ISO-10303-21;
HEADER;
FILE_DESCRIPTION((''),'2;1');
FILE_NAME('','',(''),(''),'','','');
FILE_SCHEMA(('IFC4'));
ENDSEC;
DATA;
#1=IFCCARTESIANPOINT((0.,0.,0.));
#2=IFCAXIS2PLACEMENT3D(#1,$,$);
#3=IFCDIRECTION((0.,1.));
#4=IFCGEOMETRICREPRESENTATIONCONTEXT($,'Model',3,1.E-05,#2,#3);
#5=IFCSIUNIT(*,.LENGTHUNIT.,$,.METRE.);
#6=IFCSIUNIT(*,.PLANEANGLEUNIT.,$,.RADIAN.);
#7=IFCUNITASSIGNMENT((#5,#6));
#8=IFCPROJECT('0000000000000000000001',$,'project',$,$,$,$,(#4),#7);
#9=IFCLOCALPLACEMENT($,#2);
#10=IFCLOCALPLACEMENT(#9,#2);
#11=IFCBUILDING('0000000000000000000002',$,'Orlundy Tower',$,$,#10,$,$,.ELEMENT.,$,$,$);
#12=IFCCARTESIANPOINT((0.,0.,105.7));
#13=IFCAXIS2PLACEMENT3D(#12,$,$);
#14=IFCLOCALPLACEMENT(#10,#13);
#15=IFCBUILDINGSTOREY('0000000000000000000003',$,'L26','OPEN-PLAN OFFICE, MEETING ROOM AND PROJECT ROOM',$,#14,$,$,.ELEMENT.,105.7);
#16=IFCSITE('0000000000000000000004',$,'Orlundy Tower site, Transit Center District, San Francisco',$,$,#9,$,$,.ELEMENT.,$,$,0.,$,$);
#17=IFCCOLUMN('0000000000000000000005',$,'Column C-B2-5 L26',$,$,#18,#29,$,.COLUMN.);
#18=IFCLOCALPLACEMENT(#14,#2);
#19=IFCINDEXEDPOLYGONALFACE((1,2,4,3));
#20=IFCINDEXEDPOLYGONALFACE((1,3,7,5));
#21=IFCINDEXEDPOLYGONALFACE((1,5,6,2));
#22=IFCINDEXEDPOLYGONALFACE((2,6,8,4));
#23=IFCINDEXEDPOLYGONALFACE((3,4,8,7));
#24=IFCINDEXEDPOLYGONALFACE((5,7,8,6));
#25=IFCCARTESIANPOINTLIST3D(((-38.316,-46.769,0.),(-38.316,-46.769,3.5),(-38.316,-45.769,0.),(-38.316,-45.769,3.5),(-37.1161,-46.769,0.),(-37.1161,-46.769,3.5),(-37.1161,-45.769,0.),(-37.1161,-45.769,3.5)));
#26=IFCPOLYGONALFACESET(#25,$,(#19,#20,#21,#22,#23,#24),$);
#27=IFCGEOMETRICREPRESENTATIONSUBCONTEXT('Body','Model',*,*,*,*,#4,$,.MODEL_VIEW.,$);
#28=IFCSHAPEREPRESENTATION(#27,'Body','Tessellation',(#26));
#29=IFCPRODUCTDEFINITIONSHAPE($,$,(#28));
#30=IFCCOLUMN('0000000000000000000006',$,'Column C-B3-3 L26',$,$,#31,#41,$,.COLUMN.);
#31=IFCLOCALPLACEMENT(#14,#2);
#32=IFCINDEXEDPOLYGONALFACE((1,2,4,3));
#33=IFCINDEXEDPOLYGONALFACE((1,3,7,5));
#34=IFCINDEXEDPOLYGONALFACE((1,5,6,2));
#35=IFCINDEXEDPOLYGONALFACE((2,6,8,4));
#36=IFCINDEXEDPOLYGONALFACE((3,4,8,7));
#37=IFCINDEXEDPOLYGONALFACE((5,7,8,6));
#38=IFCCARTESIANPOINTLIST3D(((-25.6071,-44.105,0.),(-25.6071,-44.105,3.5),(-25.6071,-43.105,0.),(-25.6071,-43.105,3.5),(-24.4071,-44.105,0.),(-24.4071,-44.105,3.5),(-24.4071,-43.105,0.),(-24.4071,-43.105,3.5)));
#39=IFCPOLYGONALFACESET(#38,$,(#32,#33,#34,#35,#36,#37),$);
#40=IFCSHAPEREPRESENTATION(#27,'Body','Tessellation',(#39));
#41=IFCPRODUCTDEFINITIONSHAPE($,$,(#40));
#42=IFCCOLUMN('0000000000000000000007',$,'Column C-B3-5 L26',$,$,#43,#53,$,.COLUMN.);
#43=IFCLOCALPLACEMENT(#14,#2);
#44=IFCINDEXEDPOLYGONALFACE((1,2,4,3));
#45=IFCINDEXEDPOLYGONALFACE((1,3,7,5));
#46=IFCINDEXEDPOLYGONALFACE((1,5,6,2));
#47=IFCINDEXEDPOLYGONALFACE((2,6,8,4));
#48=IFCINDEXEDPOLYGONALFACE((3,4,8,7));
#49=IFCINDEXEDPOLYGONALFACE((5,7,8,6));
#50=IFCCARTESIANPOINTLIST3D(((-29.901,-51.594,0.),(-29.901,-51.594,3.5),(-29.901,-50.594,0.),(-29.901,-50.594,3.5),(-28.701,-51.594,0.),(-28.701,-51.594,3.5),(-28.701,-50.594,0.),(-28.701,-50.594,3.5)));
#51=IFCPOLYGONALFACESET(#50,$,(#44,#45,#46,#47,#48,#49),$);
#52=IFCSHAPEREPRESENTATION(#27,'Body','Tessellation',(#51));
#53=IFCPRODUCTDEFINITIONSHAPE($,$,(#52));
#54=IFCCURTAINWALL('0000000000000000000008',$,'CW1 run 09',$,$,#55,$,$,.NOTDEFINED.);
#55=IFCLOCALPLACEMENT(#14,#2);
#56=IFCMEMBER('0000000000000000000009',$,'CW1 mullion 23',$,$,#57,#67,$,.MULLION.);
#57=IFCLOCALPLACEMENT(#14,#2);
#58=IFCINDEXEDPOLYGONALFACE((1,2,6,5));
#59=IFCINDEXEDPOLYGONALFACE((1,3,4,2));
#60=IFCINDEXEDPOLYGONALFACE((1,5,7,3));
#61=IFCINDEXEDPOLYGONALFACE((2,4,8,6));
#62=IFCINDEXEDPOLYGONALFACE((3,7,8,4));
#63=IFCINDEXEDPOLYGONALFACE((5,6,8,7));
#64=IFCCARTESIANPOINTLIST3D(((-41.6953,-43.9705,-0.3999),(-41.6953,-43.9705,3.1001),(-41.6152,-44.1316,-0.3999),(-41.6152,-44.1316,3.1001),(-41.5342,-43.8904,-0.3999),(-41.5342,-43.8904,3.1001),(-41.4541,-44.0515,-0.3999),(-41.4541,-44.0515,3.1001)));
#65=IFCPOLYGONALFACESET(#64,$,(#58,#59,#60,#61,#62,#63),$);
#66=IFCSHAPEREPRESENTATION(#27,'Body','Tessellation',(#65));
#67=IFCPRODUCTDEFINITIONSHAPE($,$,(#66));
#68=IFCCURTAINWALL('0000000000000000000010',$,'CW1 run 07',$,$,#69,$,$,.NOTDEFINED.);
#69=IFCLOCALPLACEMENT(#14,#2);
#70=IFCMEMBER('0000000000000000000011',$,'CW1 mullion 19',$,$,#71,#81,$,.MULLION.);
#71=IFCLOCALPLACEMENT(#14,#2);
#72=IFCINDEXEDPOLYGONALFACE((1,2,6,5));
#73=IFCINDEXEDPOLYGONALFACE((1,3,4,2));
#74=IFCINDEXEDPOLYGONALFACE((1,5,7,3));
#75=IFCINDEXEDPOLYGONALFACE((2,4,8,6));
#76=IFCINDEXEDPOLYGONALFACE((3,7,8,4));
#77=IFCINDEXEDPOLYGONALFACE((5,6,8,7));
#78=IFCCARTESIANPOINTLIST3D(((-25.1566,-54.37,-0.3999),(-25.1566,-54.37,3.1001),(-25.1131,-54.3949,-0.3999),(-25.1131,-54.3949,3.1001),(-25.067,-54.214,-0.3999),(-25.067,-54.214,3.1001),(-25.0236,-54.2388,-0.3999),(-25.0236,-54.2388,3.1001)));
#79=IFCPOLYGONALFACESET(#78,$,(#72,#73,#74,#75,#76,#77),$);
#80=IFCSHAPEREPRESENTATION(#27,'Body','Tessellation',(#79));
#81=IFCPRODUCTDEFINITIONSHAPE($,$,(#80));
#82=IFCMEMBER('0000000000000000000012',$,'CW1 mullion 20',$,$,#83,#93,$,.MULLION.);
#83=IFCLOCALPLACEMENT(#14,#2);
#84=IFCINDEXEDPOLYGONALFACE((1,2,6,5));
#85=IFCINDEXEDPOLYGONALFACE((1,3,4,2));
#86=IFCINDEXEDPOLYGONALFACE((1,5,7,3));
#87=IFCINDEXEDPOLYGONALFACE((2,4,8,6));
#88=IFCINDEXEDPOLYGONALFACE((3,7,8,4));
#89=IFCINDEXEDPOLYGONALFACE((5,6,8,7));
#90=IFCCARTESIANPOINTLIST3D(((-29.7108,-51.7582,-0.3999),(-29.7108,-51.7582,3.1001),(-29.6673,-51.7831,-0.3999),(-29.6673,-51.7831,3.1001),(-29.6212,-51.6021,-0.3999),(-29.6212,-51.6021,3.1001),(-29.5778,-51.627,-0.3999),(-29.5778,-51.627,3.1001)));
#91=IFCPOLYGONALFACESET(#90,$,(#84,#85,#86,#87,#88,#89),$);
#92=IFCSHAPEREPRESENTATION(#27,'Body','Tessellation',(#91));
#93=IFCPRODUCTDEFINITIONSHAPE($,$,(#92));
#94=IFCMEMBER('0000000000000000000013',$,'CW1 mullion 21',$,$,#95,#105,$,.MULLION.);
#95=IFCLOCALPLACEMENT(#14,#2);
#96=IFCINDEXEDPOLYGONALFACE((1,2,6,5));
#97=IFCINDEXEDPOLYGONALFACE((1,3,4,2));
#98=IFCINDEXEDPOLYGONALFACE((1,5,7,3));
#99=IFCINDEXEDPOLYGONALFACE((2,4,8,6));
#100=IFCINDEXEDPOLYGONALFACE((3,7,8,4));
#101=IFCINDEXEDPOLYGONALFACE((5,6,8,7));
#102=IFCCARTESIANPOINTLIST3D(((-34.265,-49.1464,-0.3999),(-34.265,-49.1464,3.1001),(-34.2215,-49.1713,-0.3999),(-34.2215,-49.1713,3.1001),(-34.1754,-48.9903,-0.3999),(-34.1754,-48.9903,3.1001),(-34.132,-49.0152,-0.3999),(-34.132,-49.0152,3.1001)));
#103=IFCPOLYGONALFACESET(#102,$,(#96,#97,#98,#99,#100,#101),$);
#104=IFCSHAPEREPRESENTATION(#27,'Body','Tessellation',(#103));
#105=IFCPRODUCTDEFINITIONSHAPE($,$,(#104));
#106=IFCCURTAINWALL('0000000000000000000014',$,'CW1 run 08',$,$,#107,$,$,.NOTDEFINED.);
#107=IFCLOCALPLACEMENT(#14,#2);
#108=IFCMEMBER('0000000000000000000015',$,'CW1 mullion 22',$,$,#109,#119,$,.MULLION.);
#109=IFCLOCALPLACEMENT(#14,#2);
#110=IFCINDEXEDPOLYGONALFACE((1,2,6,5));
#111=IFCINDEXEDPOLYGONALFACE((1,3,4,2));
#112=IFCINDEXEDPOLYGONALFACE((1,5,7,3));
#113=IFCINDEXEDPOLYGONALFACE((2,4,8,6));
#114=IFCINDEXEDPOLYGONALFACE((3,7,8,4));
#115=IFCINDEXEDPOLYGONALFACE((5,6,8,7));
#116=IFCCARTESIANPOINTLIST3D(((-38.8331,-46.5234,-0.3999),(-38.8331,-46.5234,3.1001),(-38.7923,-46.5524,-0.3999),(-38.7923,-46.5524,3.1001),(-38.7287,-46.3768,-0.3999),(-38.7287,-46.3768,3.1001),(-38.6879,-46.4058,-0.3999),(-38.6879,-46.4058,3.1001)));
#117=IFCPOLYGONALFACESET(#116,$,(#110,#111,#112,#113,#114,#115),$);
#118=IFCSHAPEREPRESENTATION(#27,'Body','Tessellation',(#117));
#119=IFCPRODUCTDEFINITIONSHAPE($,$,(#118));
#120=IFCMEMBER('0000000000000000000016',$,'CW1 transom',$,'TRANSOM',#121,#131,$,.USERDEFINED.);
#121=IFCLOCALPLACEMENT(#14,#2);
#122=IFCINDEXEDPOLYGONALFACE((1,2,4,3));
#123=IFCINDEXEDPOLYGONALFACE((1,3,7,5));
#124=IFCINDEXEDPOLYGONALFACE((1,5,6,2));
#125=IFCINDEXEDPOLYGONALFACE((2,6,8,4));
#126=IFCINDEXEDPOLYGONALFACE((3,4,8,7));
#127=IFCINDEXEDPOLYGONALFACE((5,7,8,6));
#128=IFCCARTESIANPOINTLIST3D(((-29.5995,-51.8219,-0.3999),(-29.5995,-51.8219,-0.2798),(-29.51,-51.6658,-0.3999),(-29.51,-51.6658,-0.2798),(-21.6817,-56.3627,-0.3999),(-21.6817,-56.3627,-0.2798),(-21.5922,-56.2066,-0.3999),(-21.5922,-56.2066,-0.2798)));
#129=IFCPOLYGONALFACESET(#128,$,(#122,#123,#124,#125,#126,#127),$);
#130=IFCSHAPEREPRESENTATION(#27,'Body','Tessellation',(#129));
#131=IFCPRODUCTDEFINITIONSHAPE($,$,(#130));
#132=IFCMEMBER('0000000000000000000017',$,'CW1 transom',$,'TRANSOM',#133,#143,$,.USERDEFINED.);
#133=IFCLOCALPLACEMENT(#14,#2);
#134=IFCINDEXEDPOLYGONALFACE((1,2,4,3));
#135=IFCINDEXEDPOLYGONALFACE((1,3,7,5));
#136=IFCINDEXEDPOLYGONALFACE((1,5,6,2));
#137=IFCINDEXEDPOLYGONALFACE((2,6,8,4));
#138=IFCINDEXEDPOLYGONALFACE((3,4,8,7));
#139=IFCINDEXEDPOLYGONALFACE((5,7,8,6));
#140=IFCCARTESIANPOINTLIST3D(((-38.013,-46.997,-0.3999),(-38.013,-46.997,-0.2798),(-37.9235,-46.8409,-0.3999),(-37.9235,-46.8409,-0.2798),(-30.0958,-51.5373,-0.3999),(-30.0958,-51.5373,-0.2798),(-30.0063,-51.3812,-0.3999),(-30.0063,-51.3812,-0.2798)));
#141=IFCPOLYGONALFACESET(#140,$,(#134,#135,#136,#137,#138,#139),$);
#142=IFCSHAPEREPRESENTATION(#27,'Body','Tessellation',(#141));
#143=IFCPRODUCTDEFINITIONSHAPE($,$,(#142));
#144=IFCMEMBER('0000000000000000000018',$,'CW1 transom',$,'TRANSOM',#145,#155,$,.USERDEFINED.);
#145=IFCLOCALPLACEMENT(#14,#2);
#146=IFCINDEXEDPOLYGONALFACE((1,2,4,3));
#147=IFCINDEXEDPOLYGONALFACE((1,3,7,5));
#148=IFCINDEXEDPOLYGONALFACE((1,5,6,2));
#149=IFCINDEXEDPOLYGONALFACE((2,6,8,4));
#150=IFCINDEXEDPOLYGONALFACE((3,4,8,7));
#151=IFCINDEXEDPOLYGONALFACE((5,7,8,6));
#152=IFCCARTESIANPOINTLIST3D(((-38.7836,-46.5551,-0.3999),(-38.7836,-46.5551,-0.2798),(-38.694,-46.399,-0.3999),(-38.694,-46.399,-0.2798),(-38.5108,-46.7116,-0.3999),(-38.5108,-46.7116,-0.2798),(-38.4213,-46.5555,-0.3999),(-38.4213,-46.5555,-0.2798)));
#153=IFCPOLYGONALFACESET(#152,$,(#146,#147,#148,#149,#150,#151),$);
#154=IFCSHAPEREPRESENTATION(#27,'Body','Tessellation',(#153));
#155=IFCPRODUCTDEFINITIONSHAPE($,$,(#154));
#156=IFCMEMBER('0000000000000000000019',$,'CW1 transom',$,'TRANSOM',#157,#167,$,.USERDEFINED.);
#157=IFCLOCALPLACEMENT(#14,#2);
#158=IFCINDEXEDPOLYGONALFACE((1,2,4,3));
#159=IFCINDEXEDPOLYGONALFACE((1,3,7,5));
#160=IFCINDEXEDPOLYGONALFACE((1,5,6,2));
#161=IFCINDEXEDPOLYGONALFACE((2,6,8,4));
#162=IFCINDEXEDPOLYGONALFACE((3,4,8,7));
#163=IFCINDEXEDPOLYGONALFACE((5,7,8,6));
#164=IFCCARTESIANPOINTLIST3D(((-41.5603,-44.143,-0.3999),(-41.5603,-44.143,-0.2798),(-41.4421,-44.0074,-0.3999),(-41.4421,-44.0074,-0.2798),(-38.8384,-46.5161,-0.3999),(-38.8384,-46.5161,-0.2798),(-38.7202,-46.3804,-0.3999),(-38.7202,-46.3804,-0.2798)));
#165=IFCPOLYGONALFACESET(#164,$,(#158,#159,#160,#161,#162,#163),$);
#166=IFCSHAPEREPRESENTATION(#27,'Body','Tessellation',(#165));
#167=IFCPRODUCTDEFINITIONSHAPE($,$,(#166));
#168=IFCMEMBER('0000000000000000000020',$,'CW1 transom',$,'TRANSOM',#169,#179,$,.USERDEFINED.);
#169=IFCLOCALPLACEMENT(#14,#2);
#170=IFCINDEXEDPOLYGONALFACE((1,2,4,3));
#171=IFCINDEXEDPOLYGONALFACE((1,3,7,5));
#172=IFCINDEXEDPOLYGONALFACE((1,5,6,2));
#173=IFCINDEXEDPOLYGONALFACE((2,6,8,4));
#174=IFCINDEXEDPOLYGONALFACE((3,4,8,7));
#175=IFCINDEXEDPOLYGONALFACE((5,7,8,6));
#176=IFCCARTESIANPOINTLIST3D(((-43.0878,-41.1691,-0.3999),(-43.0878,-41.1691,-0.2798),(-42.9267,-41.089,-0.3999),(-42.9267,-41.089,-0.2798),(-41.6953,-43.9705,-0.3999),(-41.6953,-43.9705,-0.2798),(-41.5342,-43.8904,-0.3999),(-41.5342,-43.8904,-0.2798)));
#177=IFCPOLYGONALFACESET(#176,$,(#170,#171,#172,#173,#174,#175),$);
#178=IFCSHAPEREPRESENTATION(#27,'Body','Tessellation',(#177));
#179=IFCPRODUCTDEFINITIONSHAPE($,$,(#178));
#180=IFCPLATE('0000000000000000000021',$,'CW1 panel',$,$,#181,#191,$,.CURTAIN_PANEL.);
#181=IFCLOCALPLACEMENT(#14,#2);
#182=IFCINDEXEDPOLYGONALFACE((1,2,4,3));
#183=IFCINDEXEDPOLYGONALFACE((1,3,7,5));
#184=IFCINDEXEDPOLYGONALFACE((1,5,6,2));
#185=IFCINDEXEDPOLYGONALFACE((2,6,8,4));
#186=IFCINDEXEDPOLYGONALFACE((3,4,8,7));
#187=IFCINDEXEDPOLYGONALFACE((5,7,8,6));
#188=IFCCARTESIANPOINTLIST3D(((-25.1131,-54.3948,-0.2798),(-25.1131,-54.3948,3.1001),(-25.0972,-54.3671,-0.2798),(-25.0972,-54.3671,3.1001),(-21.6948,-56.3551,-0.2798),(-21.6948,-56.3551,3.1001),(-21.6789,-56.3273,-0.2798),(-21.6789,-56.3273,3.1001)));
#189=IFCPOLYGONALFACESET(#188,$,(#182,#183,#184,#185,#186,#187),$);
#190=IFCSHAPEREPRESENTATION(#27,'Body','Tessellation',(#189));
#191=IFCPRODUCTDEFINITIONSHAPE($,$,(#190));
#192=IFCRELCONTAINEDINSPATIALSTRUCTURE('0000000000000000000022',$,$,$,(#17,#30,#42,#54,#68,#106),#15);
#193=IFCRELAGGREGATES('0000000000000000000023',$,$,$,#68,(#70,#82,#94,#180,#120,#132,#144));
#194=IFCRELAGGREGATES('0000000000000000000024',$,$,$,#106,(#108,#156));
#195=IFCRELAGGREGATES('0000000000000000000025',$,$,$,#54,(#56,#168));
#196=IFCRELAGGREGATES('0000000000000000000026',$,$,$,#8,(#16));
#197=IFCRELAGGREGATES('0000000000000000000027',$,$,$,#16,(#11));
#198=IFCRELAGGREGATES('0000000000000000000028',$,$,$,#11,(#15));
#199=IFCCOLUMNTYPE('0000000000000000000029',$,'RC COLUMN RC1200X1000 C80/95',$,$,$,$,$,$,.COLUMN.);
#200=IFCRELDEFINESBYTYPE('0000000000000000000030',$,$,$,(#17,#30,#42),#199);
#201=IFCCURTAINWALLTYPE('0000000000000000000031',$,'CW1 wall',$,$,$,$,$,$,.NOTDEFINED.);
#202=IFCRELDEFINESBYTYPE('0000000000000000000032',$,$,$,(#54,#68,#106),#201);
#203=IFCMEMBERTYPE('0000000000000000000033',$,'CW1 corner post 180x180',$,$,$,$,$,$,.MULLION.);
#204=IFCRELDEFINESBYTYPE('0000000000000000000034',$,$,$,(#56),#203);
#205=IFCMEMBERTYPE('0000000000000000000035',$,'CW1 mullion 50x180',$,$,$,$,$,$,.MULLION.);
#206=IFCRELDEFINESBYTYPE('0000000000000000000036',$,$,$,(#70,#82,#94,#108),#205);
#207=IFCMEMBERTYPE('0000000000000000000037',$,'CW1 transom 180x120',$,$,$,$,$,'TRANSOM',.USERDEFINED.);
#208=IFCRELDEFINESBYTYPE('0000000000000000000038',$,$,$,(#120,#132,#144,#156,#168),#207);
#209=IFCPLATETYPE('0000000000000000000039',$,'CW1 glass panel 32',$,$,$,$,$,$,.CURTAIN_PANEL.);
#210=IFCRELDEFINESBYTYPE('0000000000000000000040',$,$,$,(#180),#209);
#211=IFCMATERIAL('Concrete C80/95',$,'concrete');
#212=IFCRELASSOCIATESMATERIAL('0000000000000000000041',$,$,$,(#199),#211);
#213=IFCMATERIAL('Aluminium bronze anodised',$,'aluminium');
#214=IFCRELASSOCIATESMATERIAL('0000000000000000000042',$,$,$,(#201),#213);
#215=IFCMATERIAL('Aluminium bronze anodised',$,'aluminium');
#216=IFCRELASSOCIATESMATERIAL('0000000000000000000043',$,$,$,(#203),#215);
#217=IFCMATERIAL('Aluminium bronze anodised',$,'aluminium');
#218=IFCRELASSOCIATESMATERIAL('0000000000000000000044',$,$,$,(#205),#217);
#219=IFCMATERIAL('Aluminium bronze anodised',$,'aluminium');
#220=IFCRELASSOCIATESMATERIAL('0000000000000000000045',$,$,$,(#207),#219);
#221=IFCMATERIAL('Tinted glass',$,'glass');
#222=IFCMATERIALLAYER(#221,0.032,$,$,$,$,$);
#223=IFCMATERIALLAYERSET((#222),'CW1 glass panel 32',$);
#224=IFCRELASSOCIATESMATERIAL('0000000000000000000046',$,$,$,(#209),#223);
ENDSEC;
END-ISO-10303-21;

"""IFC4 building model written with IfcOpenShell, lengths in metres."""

from ifc_helpers import new_model, si_unit, direction, frame, origin, origin_2d, place, context, subcontext, project, spatial, rectangle, extrude, material, layer, layer_set, material_profile, profile_set, type_object, element, aggregate, save


model = new_model("IFC4")

# Units and contexts
model_context = context("Model", 3, precision=1e-05, world=origin(), true_north=direction((0.0, 1.0)))
body_context = subcontext(model_context, "Body", "Model", "MODEL_VIEW")
ifc_project = project(units=[si_unit("LENGTHUNIT", "METRE"), si_unit("PLANEANGLEUNIT", "RADIAN")], contexts=[model_context])

# Site, building, storey
site_placement = place(None, origin())
site = spatial("IfcSite", under=ifc_project, at=site_placement, Name="Orlundy Tower site, Transit Center District, San Francisco", CompositionType="ELEMENT", RefElevation=0.0)
building_placement = place(site_placement, origin())
building = spatial("IfcBuilding", under=site, at=building_placement, Name="Orlundy Tower", CompositionType="ELEMENT")
storey_placement = place(building_placement, frame((0.0, 0.0, 105.7)))
storey = spatial("IfcBuildingStorey", under=building, at=storey_placement, Name="L26", Description="OPEN-PLAN OFFICE, MEETING ROOM AND PROJECT ROOM", CompositionType="ELEMENT", Elevation=105.7)

# Columns
ifc_material_1 = material(Name="Concrete C80/95", Category="concrete")
ifc_material_profile_1 = material_profile(ifc_material_1, rectangle(XDim=1.2, YDim=1.0, at=origin_2d()), Name="RC1200X1000")
ifc_profile_set_1 = profile_set([ifc_material_profile_1], Name="Concrete C80/95")
column_type = type_object("IfcColumnType", Name="RC COLUMN RC1200X1000 C80/95", PredefinedType="COLUMN", material=ifc_profile_set_1)
for number, where, z_axis, x_axis, name in (
    (1, (-37.7161, -46.269, 0.0), (0.0, 0.0, 1.0), (1.0, 0.0, 0.0), "Column C-B2-5 L26"),
    (2, (-25.0071, -43.605, 0.0), (0.0, 0.0, 1.0), (1.0, 0.0, 0.0), "Column C-B3-3 L26"),
    (3, (-29.301, -51.094, 0.0), (0.0, 0.0, 1.0), (1.0, 0.0, 0.0), "Column C-B3-5 L26"),
):
    element("IfcColumn", number, at=place(storey_placement, frame(where, z_axis=z_axis, x_axis=x_axis)), inside=storey, type_object=column_type, Name=name, PredefinedType="COLUMN", context=body_context, shape_type="SweptSolid", body=[
        extrude(rectangle(XDim=1.2, YDim=1.0, at=origin_2d()), origin(), (0.0, 0.0, 1.0), 3.5),
    ])

# Curtain wall, member
ifc_material_2 = material(Name="Aluminium bronze anodised", Category="aluminium")
curtain_wall_type = type_object("IfcCurtainWallType", Name="CW1 wall", PredefinedType="NOTDEFINED", material=ifc_material_2)
curtain_wall_1_placement = place(storey_placement, origin())
curtain_wall_1 = element("IfcCurtainWall", 4, at=curtain_wall_1_placement, inside=storey, type_object=curtain_wall_type, Name="CW1 run 09", PredefinedType="NOTDEFINED")
ifc_material_3 = material(Name="Aluminium bronze anodised", Category="aluminium")
ifc_material_profile_2 = material_profile(ifc_material_3, rectangle(XDim=0.1799, YDim=0.1799, at=origin_2d()), Name="CW1 corner post 180x180")
ifc_profile_set_2 = profile_set([ifc_material_profile_2], Name="Aluminium bronze anodised")
member_type_1 = type_object("IfcMemberType", Name="CW1 corner post 180x180", PredefinedType="MULLION", material=ifc_profile_set_2)
member_1_placement = place(storey_placement, frame((-41.5747, -44.011, -0.3999), z_axis=(0.0, 0.0, 1.0), x_axis=(-0.89545, -0.445162, 0.0)))
member_1 = element("IfcMember", 5, at=member_1_placement, type_object=member_type_1, Name="CW1 mullion 23", PredefinedType="MULLION", context=body_context, shape_type="SweptSolid", body=[
    extrude(rectangle(XDim=0.1799, YDim=0.1799, at=origin_2d()), origin(), (0.0, 0.0, 1.0), 3.5),
])

# Curtain wall, members
curtain_wall_2_placement = place(storey_placement, origin())
curtain_wall_2 = element("IfcCurtainWall", 6, at=curtain_wall_2_placement, inside=storey, type_object=curtain_wall_type, Name="CW1 run 07", PredefinedType="NOTDEFINED")
ifc_material_4 = material(Name="Aluminium bronze anodised", Category="aluminium")
ifc_material_profile_3 = material_profile(ifc_material_4, rectangle(XDim=0.1799, YDim=0.05, at=origin_2d()), Name="CW1 mullion 50x180")
ifc_profile_set_3 = profile_set([ifc_material_profile_3], Name="Aluminium bronze anodised")
member_type_2 = type_object("IfcMemberType", Name="CW1 mullion 50x180", PredefinedType="MULLION", material=ifc_profile_set_3)
member_2_placement = place(storey_placement, frame((-25.0901, -54.3044, -0.3999), z_axis=(0.0, 0.0, 1.0), x_axis=(-0.497477, -0.867477, 0.0)))
member_2 = element("IfcMember", 7, at=member_2_placement, type_object=member_type_2, Name="CW1 mullion 19", PredefinedType="MULLION", context=body_context, shape_type="SweptSolid", body=[
    extrude(rectangle(XDim=0.1799, YDim=0.05, at=origin_2d()), origin(), (0.0, 0.0, 1.0), 3.5),
])
member_3_placement = place(storey_placement, frame((-29.6443, -51.6926, -0.3999), z_axis=(0.0, 0.0, 1.0), x_axis=(-0.497477, -0.867477, 0.0)))
member_3 = element("IfcMember", 8, at=member_3_placement, type_object=member_type_2, Name="CW1 mullion 20", PredefinedType="MULLION", context=body_context, shape_type="SweptSolid", body=[
    extrude(rectangle(XDim=0.1799, YDim=0.05, at=origin_2d()), origin(), (0.0, 0.0, 1.0), 3.5),
])
member_4_placement = place(storey_placement, frame((-34.1985, -49.0808, -0.3999), z_axis=(0.0, 0.0, 1.0), x_axis=(-0.497477, -0.867477, 0.0)))
member_4 = element("IfcMember", 9, at=member_4_placement, type_object=member_type_2, Name="CW1 mullion 21", PredefinedType="MULLION", context=body_context, shape_type="SweptSolid", body=[
    extrude(rectangle(XDim=0.1799, YDim=0.05, at=origin_2d()), origin(), (0.0, 0.0, 1.0), 3.5),
])

# Curtain wall, member
curtain_wall_3_placement = place(storey_placement, origin())
curtain_wall_3 = element("IfcCurtainWall", 10, at=curtain_wall_3_placement, inside=storey, type_object=curtain_wall_type, Name="CW1 run 08", PredefinedType="NOTDEFINED")
member_5_placement = place(storey_placement, frame((-38.7605, -46.4646, -0.3999), z_axis=(0.0, 0.0, 1.0), x_axis=(-0.580116, -0.814534, 0.0)))
member_5 = element("IfcMember", 11, at=member_5_placement, type_object=member_type_2, Name="CW1 mullion 22", PredefinedType="MULLION", context=body_context, shape_type="SweptSolid", body=[
    extrude(rectangle(XDim=0.1799, YDim=0.05, at=origin_2d()), origin(), (0.0, 0.0, 1.0), 3.5),
])

# Members
ifc_material_5 = material(Name="Aluminium bronze anodised", Category="aluminium")
ifc_material_profile_4 = material_profile(ifc_material_5, rectangle(XDim=0.1799, YDim=0.1201, at=origin_2d()), Name="CW1 transom 180x120")
ifc_profile_set_4 = profile_set([ifc_material_profile_4], Name="Aluminium bronze anodised")
member_type_3 = type_object("IfcMemberType", Name="CW1 transom 180x120", ElementType="TRANSOM", PredefinedType="USERDEFINED", material=ifc_profile_set_4)
member_6_placement = place(storey_placement, frame((-21.637, -56.2847, -0.3398), z_axis=(-0.86747, 0.497489, 0.0), x_axis=(-0.497489, -0.86747, 0.0)))
member_6 = element("IfcMember", 12, at=member_6_placement, type_object=member_type_3, Name="CW1 transom", ObjectType="TRANSOM", PredefinedType="USERDEFINED", context=body_context, shape_type="SweptSolid", body=[
    extrude(rectangle(XDim=0.1799, YDim=0.1201, at=origin_2d()), origin(), (0.0, 0.0, 1.0), 9.1274),
])
member_7_placement = place(storey_placement, frame((-30.051, -51.4592, -0.3398), z_axis=(-0.86748, 0.497472, 0.0), x_axis=(-0.497472, -0.86748, 0.0)))
member_7 = element("IfcMember", 13, at=member_7_placement, type_object=member_type_3, Name="CW1 transom", ObjectType="TRANSOM", PredefinedType="USERDEFINED", context=body_context, shape_type="SweptSolid", body=[
    extrude(rectangle(XDim=0.1799, YDim=0.1201, at=origin_2d()), origin(), (0.0, 0.0, 1.0), 9.1267),
])
member_8_placement = place(storey_placement, frame((-38.4661, -46.6335, -0.3398), z_axis=(-0.867334, 0.497727, 0.0), x_axis=(-0.497727, -0.867334, 0.0)))
member_8 = element("IfcMember", 14, at=member_8_placement, type_object=member_type_3, Name="CW1 transom", ObjectType="TRANSOM", PredefinedType="USERDEFINED", context=body_context, shape_type="SweptSolid", body=[
    extrude(rectangle(XDim=0.1799, YDim=0.1201, at=origin_2d()), origin(), (0.0, 0.0, 1.0), 0.3145),
])
member_9_placement = place(storey_placement, frame((-38.7793, -46.4482, -0.3398), z_axis=(-0.753761, 0.657149, 0.0), x_axis=(-0.657149, -0.753761, 0.0)))
member_9 = element("IfcMember", 15, at=member_9_placement, type_object=member_type_3, Name="CW1 transom", ObjectType="TRANSOM", PredefinedType="USERDEFINED", context=body_context, shape_type="SweptSolid", body=[
    extrude(rectangle(XDim=0.1799, YDim=0.1201, at=origin_2d()), origin(), (0.0, 0.0, 1.0), 3.6111),
])
member_10_placement = place(storey_placement, frame((-41.6147, -43.9304, -0.3398), z_axis=(-0.445121, 0.89547, 0.0), x_axis=(-0.89547, -0.445121, 0.0)))
member_10 = element("IfcMember", 16, at=member_10_placement, type_object=member_type_3, Name="CW1 transom", ObjectType="TRANSOM", PredefinedType="USERDEFINED", context=body_context, shape_type="SweptSolid", body=[
    extrude(rectangle(XDim=0.1799, YDim=0.1201, at=origin_2d()), origin(), (0.0, 0.0, 1.0), 3.1284),
])

# Plate
ifc_material_6 = material(Name="Tinted glass", Category="glass")
ifc_layer_1 = layer(ifc_material_6, 0.032)
ifc_layer_set_1 = layer_set([ifc_layer_1], Name="CW1 glass panel 32")
plate_type = type_object("IfcPlateType", Name="CW1 glass panel 32", PredefinedType="CURTAIN_PANEL", material=ifc_layer_set_1)
plate_1_placement = place(storey_placement, frame((-23.396, -55.3611, -0.2798), z_axis=(0.0, 0.0, 1.0), x_axis=(-0.867477, 0.497477, 0.0)))
plate_1 = element("IfcPlate", 17, at=plate_1_placement, type_object=plate_type, Name="CW1 panel", PredefinedType="CURTAIN_PANEL", context=body_context, shape_type="SweptSolid", body=[
    extrude(rectangle(XDim=3.9404, YDim=0.032, at=origin_2d()), origin(), (0.0, 0.0, 1.0), 3.3799),
])
aggregate(curtain_wall_2, [member_2, member_3, member_4, plate_1, member_6, member_7, member_8])
aggregate(curtain_wall_3, [member_5, member_9])
aggregate(curtain_wall_1, [member_1, member_10])

save(model, "model.ifc")
